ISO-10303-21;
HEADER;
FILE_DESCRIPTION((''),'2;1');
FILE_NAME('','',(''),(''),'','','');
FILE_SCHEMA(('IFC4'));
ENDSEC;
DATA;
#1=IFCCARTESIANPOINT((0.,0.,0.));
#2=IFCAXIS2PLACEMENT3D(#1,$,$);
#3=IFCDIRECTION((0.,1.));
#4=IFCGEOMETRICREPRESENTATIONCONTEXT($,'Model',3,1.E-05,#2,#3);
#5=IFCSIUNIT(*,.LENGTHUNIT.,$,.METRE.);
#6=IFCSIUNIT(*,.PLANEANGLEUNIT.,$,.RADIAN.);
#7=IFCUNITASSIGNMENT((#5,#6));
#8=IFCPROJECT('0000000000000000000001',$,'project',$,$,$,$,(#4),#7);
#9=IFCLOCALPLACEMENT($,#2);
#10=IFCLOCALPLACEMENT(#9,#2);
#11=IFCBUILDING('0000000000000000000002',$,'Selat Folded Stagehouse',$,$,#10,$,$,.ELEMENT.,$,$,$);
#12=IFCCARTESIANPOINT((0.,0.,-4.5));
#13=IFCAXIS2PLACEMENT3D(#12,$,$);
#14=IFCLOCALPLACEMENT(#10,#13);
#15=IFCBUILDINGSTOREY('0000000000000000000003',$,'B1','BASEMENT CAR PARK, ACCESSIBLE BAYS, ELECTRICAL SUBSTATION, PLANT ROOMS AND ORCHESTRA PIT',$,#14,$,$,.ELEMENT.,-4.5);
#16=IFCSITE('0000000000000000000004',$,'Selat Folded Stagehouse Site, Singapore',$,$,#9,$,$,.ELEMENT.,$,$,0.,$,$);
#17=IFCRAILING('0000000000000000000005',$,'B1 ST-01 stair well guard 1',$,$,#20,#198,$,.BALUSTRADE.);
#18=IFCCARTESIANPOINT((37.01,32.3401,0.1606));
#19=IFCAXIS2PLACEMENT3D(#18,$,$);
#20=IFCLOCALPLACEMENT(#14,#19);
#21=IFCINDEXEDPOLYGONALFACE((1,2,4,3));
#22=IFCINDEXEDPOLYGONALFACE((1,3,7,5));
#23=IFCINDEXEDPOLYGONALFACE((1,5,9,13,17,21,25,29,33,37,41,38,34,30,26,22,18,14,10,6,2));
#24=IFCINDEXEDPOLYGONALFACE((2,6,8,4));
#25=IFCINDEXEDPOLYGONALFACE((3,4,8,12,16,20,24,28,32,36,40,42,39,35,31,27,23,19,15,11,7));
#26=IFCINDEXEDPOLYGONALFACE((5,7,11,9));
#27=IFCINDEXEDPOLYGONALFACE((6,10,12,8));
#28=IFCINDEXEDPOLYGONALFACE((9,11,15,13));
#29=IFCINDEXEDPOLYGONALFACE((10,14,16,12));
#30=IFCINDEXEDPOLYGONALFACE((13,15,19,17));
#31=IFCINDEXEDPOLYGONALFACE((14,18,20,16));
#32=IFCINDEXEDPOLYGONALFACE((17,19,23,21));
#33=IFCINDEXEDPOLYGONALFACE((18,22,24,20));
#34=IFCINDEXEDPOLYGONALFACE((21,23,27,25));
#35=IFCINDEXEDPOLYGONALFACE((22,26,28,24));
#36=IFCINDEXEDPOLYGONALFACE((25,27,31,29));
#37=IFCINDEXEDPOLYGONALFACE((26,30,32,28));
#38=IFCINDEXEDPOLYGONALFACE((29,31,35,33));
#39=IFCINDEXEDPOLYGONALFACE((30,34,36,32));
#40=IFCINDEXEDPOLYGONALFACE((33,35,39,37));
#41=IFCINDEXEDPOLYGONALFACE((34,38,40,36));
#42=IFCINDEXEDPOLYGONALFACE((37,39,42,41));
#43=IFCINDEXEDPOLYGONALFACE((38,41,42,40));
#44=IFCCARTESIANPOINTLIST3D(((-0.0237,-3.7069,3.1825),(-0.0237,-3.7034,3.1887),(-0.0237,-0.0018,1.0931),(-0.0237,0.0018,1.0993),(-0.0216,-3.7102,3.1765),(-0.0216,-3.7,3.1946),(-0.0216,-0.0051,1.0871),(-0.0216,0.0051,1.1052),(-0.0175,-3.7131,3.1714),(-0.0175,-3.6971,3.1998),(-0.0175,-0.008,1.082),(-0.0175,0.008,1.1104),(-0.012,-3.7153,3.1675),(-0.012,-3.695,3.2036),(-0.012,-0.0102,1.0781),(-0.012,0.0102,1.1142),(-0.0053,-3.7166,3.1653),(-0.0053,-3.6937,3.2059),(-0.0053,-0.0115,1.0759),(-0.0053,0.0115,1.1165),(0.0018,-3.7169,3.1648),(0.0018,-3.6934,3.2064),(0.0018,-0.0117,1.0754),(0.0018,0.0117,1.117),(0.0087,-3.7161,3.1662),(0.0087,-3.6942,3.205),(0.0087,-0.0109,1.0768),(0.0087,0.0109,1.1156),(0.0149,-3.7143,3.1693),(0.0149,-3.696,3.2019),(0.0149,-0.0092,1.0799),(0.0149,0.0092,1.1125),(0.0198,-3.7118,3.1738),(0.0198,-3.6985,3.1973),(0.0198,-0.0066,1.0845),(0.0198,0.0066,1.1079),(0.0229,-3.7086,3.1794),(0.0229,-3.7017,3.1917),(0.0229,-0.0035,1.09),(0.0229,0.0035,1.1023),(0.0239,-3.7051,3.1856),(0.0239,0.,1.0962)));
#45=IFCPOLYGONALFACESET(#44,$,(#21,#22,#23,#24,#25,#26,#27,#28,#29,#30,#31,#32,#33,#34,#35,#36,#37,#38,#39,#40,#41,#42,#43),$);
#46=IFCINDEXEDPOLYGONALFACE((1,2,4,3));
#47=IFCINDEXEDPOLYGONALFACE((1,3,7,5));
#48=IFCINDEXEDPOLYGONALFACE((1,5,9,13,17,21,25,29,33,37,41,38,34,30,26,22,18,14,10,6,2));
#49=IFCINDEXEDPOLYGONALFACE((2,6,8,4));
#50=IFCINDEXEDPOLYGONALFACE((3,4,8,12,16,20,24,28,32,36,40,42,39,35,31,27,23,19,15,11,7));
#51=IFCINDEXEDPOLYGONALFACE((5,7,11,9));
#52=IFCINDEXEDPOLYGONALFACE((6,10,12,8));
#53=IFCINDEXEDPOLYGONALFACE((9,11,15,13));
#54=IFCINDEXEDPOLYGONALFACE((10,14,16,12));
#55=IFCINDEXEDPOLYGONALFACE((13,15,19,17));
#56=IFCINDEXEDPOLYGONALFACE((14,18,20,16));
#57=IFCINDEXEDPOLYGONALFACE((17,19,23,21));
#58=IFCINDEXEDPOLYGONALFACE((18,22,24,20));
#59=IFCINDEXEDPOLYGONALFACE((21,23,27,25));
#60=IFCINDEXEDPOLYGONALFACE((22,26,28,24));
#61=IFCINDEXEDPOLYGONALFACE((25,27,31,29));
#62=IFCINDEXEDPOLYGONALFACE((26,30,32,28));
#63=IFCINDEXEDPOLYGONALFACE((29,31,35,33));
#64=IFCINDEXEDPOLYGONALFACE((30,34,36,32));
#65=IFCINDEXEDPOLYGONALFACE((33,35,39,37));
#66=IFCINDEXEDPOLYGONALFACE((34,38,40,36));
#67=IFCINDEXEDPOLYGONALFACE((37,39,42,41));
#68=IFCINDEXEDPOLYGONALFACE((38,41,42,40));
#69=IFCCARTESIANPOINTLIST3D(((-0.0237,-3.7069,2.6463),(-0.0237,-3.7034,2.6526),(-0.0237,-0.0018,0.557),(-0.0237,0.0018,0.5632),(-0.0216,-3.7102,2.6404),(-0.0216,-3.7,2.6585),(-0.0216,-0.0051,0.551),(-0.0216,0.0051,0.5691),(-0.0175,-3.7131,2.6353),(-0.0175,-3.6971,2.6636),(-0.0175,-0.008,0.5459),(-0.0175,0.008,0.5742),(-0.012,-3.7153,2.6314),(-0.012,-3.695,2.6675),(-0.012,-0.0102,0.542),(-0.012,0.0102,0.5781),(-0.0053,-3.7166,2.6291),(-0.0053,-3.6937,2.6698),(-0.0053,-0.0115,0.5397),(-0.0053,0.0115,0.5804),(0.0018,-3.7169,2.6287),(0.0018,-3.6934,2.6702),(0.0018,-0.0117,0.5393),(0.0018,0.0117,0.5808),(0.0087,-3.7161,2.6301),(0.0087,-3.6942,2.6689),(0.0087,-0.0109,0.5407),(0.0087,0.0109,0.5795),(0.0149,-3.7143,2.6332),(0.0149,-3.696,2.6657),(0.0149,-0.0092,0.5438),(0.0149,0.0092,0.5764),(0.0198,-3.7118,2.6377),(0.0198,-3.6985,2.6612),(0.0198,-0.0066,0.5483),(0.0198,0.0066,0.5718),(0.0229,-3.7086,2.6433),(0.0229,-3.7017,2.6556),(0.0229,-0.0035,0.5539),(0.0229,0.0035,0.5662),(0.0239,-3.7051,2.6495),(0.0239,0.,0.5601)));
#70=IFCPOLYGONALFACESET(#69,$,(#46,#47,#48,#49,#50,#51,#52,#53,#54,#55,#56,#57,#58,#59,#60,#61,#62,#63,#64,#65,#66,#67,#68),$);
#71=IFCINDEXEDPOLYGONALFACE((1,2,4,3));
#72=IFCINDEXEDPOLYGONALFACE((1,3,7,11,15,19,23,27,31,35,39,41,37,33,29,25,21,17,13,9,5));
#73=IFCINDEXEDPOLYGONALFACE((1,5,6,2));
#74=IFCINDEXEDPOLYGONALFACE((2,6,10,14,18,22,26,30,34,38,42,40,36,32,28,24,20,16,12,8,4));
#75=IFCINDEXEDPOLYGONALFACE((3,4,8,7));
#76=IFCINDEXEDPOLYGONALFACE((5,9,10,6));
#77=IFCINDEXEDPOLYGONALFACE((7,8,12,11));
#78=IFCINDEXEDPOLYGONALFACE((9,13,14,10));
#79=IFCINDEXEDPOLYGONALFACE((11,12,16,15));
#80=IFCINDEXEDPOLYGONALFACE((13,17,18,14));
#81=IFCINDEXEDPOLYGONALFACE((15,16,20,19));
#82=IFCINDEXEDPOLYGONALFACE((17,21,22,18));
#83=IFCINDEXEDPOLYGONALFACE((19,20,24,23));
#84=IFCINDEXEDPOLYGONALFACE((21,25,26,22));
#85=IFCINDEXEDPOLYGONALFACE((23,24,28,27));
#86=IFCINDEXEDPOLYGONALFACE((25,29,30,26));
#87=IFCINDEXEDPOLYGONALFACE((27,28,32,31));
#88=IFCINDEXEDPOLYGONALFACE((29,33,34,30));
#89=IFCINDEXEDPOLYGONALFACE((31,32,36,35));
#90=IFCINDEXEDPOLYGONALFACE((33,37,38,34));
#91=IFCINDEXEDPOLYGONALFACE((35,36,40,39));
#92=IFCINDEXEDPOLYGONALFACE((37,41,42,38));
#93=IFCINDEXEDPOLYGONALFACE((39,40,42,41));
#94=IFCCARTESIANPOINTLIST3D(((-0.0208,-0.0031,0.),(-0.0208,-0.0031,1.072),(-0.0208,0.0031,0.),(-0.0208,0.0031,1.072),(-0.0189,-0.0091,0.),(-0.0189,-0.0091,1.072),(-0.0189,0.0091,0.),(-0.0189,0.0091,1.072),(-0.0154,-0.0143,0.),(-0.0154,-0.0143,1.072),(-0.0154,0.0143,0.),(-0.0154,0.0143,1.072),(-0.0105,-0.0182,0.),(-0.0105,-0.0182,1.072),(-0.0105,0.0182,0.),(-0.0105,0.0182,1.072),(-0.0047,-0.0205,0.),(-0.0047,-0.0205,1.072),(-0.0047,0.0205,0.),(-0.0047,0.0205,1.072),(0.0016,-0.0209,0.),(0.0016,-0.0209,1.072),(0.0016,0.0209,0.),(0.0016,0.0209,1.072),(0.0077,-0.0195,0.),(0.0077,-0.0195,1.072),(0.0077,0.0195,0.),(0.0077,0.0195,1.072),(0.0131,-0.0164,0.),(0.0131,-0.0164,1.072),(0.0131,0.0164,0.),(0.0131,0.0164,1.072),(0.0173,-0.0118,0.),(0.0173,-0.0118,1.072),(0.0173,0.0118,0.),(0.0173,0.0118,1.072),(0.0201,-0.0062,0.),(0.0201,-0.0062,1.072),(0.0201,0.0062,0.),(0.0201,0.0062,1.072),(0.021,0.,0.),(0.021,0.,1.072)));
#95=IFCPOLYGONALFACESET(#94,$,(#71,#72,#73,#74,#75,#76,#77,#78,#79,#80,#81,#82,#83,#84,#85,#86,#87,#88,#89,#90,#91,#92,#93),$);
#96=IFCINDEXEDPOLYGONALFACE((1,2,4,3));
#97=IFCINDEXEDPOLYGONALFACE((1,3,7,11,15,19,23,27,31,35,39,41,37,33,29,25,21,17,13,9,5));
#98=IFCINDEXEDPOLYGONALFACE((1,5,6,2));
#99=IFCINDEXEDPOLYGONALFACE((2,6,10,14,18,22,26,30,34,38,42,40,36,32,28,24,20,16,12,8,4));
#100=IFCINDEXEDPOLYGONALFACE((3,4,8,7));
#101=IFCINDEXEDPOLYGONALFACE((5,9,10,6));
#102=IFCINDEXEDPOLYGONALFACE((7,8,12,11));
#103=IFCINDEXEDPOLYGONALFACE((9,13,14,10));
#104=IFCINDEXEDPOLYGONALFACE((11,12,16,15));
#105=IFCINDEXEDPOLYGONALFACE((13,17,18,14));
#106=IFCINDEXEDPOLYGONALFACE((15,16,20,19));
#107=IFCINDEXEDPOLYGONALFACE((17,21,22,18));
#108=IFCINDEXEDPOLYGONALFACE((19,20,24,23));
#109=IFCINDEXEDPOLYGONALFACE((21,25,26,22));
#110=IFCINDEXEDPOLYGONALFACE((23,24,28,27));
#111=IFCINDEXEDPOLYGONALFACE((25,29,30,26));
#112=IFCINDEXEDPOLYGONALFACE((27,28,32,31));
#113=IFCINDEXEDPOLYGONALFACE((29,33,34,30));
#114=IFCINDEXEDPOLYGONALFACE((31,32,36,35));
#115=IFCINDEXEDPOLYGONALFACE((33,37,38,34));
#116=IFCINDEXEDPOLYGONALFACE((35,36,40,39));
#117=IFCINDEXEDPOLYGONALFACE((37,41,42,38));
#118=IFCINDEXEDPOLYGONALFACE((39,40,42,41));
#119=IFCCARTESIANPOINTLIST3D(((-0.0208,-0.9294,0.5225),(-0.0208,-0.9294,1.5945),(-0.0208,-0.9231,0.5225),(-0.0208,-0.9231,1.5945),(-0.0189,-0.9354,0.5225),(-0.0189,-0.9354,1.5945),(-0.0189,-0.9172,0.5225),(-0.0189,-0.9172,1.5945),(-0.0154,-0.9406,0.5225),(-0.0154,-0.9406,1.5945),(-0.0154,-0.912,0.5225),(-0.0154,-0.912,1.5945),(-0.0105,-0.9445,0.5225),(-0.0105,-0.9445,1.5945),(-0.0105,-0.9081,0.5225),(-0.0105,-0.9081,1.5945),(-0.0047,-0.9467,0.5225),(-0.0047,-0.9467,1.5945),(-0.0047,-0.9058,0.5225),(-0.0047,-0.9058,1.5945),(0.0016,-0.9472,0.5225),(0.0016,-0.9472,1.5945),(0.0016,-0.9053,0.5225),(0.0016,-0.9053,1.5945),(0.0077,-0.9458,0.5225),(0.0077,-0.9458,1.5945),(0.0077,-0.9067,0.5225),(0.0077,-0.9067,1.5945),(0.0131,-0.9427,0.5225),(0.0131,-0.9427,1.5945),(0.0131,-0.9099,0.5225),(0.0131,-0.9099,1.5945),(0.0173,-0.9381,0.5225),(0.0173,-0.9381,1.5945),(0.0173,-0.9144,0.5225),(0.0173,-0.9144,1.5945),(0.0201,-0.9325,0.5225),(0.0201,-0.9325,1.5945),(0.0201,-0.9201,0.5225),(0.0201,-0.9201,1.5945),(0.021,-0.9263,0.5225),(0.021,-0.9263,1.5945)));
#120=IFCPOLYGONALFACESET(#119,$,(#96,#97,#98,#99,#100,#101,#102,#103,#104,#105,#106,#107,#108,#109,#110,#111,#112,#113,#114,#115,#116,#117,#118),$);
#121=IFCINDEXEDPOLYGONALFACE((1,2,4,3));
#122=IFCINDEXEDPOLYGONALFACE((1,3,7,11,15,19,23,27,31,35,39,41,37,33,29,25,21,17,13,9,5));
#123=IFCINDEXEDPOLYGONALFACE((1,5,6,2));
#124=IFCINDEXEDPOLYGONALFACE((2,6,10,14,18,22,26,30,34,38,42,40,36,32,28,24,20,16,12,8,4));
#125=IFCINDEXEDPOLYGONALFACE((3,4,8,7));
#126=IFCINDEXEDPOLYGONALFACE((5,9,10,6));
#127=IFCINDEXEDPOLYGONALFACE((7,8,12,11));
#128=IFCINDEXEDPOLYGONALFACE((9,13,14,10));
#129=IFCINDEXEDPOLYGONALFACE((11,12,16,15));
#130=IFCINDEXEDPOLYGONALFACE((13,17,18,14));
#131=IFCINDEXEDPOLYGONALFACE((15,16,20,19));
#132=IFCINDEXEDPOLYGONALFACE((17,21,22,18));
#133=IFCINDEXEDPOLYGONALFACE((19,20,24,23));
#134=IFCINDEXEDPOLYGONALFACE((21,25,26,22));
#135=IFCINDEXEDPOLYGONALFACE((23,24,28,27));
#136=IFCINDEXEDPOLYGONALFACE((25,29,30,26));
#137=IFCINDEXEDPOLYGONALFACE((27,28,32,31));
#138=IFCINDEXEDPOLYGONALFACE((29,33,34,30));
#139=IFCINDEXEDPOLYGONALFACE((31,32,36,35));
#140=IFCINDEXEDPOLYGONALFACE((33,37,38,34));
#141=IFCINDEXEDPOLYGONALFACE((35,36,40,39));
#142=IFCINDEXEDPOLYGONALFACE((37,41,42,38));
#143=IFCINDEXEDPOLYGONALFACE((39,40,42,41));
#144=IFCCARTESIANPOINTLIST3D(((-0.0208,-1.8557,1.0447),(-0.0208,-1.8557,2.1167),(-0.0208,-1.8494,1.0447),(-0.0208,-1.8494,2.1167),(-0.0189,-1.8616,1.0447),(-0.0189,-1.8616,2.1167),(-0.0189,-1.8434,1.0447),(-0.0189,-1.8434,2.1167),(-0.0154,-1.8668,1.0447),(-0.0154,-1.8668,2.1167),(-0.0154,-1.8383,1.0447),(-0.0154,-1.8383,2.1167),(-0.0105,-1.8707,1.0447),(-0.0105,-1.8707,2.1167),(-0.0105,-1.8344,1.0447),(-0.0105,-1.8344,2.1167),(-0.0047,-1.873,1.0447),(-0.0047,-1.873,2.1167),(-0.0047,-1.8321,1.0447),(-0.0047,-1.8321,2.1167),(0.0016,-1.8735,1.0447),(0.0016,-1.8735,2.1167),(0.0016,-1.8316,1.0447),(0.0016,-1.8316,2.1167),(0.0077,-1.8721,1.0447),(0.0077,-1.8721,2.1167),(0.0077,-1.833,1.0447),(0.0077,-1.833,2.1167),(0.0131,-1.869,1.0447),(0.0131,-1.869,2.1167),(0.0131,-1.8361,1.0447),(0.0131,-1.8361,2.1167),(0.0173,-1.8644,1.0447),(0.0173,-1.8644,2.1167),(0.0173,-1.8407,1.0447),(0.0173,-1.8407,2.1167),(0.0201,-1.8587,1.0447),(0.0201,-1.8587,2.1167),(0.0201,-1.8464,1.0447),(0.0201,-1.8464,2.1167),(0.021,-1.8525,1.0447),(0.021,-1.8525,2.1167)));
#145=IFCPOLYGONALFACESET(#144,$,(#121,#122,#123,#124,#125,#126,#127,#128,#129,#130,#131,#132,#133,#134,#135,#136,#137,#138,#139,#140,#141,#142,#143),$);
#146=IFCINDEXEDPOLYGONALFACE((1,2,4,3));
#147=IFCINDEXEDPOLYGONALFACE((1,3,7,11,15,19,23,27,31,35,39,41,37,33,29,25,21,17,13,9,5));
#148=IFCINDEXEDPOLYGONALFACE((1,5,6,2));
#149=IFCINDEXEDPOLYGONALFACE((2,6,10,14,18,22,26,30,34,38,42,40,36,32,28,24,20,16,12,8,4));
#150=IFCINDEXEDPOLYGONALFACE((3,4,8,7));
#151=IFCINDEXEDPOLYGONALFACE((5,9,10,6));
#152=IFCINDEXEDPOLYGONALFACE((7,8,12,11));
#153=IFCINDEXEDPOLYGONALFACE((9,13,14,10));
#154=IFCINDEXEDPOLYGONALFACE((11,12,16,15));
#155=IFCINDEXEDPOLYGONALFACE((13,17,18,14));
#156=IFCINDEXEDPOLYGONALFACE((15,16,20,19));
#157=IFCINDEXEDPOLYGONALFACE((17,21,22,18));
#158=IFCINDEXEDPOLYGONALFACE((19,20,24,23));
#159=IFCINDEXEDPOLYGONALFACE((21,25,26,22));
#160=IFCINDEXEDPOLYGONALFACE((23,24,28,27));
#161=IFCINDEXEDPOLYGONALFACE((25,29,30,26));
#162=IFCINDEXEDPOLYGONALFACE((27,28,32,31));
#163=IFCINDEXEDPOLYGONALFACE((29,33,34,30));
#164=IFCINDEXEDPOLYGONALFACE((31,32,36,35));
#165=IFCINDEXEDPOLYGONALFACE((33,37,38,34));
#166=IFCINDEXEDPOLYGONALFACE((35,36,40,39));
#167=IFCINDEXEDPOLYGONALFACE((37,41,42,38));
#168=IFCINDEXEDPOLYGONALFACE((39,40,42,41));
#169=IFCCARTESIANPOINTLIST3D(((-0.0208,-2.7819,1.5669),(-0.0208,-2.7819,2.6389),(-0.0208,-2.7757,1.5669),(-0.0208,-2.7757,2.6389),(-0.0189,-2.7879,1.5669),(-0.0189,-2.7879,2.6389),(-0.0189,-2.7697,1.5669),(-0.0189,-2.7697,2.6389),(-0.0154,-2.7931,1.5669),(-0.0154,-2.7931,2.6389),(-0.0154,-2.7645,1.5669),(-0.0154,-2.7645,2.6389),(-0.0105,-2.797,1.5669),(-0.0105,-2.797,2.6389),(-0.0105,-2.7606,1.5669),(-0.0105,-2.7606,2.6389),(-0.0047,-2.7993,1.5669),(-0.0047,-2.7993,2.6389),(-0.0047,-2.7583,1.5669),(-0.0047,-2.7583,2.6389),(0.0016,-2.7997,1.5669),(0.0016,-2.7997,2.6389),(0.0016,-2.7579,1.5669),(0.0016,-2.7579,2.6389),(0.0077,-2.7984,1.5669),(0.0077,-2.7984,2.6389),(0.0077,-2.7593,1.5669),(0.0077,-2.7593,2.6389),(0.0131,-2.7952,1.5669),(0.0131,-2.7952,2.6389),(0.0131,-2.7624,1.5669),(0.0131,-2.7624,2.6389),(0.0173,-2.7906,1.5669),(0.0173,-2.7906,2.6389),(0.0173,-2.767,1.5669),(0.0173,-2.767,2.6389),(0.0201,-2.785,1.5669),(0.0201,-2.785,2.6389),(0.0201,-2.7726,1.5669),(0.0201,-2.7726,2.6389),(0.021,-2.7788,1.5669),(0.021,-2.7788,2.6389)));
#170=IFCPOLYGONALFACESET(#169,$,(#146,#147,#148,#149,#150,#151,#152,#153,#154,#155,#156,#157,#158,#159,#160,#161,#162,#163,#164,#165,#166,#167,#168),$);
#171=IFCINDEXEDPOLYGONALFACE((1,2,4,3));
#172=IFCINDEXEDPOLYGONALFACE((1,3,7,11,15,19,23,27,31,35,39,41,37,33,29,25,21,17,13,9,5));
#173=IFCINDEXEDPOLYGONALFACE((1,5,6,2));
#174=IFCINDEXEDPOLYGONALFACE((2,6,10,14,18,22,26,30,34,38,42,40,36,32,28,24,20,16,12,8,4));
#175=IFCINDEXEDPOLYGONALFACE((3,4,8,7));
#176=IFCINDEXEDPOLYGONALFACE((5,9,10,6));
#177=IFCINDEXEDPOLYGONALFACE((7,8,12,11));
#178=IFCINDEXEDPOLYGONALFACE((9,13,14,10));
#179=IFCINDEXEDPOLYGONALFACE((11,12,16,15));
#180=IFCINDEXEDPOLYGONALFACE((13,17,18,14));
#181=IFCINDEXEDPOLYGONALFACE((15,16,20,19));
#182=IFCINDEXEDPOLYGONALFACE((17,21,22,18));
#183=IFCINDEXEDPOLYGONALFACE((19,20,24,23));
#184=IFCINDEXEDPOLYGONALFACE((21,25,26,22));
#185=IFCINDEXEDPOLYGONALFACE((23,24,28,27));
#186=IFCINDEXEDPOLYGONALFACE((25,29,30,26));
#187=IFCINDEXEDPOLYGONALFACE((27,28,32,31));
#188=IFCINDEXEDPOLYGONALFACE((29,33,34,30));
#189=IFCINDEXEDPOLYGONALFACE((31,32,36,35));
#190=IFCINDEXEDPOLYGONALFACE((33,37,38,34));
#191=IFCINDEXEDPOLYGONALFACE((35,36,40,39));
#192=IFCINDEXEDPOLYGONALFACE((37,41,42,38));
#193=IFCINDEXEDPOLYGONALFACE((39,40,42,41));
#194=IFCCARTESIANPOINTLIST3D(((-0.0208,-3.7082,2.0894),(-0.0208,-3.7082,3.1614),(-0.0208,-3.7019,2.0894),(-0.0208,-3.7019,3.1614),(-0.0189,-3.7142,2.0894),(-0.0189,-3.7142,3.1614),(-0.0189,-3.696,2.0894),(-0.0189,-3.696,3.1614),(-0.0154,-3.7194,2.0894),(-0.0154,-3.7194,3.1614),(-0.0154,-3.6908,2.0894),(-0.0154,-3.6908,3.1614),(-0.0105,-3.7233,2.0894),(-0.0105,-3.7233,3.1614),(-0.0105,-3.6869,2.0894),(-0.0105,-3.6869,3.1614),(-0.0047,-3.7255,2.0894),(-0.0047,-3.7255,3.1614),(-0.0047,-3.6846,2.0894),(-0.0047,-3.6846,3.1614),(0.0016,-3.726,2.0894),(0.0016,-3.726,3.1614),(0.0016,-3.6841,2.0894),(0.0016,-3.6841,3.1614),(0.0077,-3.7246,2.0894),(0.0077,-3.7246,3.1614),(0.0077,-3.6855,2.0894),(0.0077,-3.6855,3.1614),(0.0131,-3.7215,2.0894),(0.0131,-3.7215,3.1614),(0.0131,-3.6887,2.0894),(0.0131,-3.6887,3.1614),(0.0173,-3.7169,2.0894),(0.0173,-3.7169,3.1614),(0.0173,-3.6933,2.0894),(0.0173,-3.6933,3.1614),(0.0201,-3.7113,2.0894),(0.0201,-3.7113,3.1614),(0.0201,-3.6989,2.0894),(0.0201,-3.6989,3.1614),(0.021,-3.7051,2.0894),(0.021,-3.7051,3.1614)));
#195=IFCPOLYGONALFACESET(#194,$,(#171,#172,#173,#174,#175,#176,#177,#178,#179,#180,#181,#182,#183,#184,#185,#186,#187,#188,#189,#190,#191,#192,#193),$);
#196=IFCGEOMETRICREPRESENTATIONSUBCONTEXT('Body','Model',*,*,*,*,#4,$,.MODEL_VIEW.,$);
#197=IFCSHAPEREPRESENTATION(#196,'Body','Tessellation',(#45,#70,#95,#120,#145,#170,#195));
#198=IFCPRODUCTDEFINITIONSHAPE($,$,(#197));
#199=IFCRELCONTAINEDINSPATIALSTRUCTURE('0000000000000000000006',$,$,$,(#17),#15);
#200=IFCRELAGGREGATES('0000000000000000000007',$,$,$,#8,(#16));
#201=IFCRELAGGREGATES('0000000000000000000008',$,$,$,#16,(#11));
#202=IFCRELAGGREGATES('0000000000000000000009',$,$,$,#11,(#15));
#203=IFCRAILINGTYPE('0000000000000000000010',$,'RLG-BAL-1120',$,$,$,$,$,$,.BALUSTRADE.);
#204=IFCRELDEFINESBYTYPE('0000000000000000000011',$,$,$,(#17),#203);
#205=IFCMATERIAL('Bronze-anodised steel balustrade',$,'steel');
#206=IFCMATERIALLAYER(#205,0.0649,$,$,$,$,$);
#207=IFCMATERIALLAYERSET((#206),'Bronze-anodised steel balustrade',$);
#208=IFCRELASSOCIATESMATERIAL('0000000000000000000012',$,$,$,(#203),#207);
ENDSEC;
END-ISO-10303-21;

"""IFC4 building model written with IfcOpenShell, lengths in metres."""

from ifc_helpers import new_model, si_unit, direction, frame, origin, origin_2d, place, context, subcontext, project, spatial, circle, extrude, material, layer, layer_set, type_object, element, save


model = new_model("IFC4")

# Units and contexts
model_context = context("Model", 3, precision=1e-05, world=origin(), true_north=direction((0.0, 1.0)))
body_context = subcontext(model_context, "Body", "Model", "MODEL_VIEW")
ifc_project = project(units=[si_unit("LENGTHUNIT", "METRE"), si_unit("PLANEANGLEUNIT", "RADIAN")], contexts=[model_context])

# Site, building, storey
site_placement = place(None, origin())
site = spatial("IfcSite", under=ifc_project, at=site_placement, Name="Selat Folded Stagehouse Site, Singapore", CompositionType="ELEMENT", RefElevation=0.0)
building_placement = place(site_placement, origin())
building = spatial("IfcBuilding", under=site, at=building_placement, Name="Selat Folded Stagehouse", CompositionType="ELEMENT")
storey_placement = place(building_placement, frame((0.0, 0.0, -4.5)))
storey = spatial("IfcBuildingStorey", under=building, at=storey_placement, Name="B1", Description="BASEMENT CAR PARK, ACCESSIBLE BAYS, ELECTRICAL SUBSTATION, PLANT ROOMS AND ORCHESTRA PIT", CompositionType="ELEMENT", Elevation=-4.5)

# Railing
ifc_material_1 = material(Name="Bronze-anodised steel balustrade", Category="steel")
ifc_layer_1 = layer(ifc_material_1, 0.0649)
ifc_layer_set_1 = layer_set([ifc_layer_1], Name="Bronze-anodised steel balustrade")
railing_type_1 = type_object("IfcRailingType", Name="RLG-BAL-1120", PredefinedType="BALUSTRADE", material=ifc_layer_set_1)
railing_1_placement = place(storey_placement, frame((37.01, 32.3401, 0.1606)))
element("IfcRailing", 1, at=railing_1_placement, inside=storey, type_object=railing_type_1, Name="B1 ST-01 stair well guard 1", PredefinedType="BALUSTRADE", context=body_context, shape_type="SweptSolid", body=[
    extrude(circle(Radius=0.0239, at=origin_2d()), frame((0.0, 0.0, 1.0962), z_axis=(0.0, -0.871048, 0.491198), x_axis=(1.0, 0.0, 0.0)), (0.0, 0.0, 1.0), 4.2537),
    extrude(circle(Radius=0.0239, at=origin_2d()), frame((0.0, 0.0, 0.5601), z_axis=(0.0, -0.871048, 0.491198), x_axis=(1.0, 0.0, 0.0)), (0.0, 0.0, 1.0), 4.2537),
    extrude(circle(Radius=0.021, at=origin_2d()), origin(), (0.0, 0.0, 1.0), 1.072),
    extrude(circle(Radius=0.021, at=origin_2d()), frame((0.0, -0.9263, 0.5225)), (0.0, 0.0, 1.0), 1.072),
    extrude(circle(Radius=0.021, at=origin_2d()), frame((0.0, -1.8525, 1.0447)), (0.0, 0.0, 1.0), 1.072),
    extrude(circle(Radius=0.021, at=origin_2d()), frame((0.0, -2.7788, 1.5669)), (0.0, 0.0, 1.0), 1.072),
    extrude(circle(Radius=0.021, at=origin_2d()), frame((0.0, -3.7051, 2.0894)), (0.0, 0.0, 1.0), 1.072),
])

save(model, "model.ifc")
